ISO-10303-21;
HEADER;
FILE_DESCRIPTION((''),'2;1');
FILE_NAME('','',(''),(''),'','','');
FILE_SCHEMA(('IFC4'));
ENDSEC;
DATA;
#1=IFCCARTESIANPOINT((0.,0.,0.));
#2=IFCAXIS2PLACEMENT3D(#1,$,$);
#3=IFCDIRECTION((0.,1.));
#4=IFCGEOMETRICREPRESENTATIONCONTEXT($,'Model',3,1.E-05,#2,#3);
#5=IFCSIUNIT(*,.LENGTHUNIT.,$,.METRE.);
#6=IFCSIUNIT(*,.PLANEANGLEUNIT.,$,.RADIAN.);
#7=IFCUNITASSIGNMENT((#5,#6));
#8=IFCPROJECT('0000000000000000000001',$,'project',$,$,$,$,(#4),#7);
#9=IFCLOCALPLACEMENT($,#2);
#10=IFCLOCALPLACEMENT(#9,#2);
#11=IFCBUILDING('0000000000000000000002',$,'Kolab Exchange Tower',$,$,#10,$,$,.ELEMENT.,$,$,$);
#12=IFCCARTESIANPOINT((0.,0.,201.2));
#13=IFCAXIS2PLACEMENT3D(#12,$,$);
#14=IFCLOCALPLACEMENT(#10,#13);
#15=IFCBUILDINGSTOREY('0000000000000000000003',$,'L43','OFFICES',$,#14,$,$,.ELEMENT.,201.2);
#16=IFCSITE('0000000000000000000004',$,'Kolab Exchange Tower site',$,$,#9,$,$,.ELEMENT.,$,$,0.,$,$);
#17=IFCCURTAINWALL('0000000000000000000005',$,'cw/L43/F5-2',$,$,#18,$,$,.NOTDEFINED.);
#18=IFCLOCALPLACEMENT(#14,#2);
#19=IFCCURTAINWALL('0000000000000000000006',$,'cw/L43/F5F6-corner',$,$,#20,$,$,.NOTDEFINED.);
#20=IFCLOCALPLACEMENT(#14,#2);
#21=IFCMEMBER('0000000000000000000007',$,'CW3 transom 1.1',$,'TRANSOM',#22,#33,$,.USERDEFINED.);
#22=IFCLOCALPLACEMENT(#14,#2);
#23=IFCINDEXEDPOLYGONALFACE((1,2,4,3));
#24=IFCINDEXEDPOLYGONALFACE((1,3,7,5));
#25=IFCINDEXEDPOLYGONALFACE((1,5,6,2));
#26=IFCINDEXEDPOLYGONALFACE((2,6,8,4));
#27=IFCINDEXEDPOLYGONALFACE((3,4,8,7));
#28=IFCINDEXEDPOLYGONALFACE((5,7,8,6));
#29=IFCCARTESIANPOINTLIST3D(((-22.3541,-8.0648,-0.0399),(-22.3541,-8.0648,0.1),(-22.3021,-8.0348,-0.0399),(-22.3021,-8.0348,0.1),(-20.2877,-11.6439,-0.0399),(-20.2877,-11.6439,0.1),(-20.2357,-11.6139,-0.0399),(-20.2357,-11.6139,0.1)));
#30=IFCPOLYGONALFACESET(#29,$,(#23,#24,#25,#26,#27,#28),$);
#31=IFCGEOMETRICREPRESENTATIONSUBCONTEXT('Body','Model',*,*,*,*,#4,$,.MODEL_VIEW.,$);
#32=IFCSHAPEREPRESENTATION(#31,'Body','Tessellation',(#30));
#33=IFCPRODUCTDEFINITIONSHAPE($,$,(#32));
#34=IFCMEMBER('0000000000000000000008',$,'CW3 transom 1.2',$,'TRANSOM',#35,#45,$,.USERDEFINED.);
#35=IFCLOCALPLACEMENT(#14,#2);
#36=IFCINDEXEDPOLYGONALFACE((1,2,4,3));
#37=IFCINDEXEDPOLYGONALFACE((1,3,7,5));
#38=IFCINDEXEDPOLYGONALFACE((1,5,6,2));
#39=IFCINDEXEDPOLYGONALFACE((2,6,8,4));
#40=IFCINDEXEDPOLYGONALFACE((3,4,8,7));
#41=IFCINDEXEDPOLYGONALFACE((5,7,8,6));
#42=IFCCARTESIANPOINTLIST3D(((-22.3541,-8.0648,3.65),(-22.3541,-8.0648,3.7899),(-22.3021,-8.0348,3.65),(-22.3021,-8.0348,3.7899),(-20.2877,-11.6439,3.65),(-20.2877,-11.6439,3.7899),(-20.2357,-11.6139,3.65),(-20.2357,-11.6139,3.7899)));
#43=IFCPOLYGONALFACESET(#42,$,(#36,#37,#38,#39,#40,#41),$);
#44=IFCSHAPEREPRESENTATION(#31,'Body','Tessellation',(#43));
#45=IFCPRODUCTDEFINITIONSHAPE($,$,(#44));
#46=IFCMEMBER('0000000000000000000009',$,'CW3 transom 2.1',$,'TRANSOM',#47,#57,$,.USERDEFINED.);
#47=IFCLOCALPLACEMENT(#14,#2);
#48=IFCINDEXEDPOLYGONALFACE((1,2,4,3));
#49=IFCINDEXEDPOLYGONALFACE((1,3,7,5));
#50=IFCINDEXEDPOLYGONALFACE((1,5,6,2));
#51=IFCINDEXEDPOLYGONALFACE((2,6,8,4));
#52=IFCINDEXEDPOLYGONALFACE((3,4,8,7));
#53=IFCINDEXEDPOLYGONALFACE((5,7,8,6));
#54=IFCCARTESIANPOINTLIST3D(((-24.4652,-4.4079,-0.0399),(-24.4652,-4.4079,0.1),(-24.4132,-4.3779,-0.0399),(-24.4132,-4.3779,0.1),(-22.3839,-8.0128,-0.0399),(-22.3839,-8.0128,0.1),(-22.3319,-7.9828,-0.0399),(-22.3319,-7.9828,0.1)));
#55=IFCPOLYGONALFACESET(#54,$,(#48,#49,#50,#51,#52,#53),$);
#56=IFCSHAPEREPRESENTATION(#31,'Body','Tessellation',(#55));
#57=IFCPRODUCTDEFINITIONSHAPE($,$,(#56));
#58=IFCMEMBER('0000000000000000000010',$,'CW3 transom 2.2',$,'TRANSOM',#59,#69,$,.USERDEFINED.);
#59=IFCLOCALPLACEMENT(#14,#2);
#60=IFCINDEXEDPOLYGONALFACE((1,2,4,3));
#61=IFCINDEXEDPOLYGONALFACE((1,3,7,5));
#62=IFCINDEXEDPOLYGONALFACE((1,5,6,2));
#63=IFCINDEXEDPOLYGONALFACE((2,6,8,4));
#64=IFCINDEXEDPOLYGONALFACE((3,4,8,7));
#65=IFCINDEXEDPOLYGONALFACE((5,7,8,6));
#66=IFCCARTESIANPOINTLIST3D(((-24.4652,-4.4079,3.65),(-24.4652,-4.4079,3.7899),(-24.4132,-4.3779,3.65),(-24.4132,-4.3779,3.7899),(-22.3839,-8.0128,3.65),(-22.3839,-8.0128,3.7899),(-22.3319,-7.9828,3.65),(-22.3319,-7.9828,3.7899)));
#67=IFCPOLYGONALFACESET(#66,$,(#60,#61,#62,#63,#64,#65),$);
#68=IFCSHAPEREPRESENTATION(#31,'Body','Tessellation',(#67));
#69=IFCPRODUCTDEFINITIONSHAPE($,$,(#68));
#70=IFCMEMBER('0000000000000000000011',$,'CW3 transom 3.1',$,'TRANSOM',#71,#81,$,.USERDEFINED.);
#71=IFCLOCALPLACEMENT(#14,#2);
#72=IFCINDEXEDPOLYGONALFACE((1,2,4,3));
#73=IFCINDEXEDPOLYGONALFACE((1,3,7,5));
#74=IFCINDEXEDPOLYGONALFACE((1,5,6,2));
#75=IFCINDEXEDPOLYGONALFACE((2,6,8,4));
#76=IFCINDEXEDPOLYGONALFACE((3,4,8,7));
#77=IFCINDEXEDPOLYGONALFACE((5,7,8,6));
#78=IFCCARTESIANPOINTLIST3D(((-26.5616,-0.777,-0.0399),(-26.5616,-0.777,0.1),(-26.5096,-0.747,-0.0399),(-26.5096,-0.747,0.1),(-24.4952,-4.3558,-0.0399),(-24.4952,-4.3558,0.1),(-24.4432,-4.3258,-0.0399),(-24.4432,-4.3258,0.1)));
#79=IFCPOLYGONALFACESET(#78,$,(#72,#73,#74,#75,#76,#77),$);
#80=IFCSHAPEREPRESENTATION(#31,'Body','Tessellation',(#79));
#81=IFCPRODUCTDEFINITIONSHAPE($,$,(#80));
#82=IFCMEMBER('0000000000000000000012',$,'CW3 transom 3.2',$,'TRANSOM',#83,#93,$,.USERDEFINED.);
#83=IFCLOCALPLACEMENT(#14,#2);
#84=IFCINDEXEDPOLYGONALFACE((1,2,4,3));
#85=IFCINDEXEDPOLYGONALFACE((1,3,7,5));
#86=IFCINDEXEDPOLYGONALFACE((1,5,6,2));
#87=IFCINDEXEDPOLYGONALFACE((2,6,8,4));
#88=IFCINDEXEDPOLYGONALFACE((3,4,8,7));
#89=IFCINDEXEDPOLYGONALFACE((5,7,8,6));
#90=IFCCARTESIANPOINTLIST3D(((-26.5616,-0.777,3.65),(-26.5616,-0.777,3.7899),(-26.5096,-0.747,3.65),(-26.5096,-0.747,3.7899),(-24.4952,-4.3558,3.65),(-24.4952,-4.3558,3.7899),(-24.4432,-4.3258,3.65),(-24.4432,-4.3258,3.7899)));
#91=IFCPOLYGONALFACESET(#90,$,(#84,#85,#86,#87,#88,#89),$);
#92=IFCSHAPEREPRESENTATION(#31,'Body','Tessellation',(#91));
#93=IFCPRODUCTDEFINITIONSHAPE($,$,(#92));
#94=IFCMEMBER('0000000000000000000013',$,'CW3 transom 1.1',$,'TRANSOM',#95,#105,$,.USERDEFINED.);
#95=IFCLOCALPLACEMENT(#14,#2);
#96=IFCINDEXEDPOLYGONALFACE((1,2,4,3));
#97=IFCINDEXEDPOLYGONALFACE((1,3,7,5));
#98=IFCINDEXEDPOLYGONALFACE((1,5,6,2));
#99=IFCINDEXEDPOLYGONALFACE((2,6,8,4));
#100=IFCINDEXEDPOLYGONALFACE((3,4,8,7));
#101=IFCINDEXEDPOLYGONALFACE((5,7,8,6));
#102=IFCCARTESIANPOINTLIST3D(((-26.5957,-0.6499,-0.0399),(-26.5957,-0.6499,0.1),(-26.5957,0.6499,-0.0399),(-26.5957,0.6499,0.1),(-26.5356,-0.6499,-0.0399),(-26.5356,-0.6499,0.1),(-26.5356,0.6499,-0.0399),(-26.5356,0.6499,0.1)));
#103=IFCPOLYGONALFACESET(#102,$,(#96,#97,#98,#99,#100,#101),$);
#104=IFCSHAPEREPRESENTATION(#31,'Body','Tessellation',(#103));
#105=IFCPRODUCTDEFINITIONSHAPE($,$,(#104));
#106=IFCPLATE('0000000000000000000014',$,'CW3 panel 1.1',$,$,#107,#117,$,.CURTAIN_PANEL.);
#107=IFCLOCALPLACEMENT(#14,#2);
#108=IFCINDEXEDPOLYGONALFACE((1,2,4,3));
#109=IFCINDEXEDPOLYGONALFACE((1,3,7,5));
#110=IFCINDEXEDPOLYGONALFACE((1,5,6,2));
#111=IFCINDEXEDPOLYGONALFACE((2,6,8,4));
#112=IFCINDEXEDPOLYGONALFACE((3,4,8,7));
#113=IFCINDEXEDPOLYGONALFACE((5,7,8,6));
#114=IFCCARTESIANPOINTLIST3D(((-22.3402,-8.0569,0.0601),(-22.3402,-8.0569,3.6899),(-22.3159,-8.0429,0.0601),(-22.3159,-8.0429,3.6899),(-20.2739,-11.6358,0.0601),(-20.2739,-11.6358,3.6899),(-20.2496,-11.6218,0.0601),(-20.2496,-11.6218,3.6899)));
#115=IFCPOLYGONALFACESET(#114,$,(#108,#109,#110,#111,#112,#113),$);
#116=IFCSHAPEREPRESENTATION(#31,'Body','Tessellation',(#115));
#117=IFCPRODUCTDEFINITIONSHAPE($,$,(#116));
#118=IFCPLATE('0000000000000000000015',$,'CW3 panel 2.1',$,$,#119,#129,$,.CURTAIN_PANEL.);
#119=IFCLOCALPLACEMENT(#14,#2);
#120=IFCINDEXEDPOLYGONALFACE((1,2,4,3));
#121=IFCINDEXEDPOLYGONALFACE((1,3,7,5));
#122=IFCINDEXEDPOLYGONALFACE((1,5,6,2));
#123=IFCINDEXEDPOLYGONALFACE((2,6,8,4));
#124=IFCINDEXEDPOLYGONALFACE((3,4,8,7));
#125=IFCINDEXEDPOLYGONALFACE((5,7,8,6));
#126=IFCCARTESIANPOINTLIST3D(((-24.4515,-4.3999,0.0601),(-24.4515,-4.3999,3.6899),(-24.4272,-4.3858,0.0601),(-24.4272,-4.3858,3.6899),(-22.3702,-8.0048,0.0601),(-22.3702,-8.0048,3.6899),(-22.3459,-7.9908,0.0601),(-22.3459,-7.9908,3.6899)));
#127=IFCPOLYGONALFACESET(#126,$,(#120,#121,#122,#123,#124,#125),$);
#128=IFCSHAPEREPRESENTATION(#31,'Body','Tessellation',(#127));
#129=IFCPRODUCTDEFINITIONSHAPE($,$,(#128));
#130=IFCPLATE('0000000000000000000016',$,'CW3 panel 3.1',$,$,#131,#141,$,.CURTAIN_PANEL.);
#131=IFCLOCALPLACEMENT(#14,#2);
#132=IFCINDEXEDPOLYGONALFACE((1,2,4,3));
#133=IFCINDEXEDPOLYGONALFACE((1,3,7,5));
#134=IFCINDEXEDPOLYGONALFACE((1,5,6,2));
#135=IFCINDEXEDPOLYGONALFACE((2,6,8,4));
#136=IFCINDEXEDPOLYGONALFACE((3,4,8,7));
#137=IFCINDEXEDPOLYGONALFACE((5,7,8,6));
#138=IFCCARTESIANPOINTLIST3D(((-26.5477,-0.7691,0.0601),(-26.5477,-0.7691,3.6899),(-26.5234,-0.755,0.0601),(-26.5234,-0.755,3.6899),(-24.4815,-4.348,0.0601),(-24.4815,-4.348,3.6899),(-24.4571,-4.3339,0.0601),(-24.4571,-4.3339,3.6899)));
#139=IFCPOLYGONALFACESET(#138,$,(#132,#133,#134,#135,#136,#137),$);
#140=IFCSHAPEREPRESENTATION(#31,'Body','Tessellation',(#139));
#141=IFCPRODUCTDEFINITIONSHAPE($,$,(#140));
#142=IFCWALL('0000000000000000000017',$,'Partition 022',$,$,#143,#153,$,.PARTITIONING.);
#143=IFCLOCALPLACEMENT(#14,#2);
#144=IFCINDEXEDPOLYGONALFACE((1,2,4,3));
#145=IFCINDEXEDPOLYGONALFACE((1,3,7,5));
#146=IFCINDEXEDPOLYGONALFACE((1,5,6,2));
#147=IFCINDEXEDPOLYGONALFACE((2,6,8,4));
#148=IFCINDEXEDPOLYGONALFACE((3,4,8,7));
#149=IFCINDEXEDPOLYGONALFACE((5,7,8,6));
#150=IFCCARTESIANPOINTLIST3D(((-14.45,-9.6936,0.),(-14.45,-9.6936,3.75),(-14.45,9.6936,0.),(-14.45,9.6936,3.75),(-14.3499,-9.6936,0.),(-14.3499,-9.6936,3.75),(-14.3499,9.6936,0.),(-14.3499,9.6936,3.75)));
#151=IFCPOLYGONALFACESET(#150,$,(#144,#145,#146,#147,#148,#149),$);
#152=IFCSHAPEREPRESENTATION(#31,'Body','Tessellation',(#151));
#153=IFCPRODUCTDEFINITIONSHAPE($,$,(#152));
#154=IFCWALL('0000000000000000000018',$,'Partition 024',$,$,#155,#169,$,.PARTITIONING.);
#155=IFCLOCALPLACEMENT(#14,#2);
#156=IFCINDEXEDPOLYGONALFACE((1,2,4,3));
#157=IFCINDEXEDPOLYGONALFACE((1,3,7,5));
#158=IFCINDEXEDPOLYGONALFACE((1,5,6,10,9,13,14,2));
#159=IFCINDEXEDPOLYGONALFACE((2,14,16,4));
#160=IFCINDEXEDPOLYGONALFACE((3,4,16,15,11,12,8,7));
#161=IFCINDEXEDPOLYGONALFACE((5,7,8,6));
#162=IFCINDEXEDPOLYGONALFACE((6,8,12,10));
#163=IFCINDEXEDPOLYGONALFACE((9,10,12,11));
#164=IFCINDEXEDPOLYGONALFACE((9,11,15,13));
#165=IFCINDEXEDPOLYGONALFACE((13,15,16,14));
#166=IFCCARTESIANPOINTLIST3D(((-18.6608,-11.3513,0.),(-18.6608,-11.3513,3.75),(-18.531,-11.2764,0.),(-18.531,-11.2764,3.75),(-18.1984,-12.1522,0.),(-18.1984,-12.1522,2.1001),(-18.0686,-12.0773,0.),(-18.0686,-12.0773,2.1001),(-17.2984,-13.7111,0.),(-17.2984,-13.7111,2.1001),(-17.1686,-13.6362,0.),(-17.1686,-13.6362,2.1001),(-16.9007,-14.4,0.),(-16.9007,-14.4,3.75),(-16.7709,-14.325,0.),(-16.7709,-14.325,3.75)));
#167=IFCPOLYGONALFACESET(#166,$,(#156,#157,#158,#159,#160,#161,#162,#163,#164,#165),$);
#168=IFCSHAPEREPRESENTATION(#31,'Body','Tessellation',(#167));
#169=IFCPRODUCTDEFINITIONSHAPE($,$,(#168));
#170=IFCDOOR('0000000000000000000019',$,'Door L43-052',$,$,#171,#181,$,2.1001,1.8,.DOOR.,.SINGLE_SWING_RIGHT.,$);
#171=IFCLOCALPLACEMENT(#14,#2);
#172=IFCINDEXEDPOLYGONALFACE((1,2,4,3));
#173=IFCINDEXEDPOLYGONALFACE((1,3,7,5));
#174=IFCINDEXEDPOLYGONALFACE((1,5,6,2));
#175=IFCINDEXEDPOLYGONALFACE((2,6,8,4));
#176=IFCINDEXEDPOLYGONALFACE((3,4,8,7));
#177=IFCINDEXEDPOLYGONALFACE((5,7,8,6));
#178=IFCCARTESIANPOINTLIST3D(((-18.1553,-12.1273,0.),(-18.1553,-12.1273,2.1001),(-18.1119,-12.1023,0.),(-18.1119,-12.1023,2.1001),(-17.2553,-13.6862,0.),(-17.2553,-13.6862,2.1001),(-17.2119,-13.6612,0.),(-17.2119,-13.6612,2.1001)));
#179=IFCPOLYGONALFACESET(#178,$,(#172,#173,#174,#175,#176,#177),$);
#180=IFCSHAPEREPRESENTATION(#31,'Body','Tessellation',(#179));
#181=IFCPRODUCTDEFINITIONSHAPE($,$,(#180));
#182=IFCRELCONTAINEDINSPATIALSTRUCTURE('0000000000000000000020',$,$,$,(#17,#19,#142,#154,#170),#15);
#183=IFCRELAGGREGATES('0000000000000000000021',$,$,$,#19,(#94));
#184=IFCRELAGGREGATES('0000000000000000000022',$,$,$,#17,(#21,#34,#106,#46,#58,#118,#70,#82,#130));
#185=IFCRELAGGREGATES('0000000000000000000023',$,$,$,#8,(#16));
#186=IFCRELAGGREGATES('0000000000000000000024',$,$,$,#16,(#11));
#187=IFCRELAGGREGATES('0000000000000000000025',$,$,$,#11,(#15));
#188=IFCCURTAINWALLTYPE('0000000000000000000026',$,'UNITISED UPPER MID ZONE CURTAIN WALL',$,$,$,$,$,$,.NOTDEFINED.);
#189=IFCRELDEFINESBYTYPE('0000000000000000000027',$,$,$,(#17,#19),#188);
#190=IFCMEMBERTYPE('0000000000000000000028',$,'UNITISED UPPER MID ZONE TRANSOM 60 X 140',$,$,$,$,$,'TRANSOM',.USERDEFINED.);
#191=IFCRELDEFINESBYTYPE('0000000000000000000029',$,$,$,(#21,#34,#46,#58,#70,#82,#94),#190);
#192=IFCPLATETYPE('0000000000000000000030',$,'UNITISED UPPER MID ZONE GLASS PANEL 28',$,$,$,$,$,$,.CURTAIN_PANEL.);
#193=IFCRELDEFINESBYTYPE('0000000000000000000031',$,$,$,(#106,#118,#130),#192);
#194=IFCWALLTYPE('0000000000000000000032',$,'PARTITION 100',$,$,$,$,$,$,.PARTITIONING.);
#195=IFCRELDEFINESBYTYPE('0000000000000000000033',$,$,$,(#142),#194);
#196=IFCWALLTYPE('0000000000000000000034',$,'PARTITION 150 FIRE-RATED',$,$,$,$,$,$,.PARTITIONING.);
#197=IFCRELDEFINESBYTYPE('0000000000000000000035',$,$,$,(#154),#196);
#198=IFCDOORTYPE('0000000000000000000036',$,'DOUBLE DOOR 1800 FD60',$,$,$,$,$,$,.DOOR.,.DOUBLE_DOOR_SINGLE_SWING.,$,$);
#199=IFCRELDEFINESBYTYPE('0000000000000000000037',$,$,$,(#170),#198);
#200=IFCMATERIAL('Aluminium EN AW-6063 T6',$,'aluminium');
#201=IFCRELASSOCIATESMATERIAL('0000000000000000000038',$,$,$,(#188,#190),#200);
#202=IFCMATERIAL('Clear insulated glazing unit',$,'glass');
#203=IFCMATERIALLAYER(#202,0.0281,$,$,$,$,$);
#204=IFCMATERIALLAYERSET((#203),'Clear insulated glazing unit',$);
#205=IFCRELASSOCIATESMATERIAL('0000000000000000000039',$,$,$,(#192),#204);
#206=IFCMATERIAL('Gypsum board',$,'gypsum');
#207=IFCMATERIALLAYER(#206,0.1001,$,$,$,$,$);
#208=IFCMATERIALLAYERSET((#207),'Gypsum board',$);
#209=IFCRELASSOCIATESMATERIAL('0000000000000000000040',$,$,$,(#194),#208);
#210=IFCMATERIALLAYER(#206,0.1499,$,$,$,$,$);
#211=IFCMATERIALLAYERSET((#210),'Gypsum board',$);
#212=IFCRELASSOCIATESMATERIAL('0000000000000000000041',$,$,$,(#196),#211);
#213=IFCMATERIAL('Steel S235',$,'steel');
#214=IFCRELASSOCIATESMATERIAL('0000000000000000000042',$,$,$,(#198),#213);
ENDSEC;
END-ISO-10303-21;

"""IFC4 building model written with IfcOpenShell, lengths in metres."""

from ifc_helpers import new_model, si_unit, direction, frame, frame_2d, origin, origin_2d, place, context, subcontext, project, spatial, rectangle, extrude, material, layer, layer_set, material_profile, profile_set, type_object, element, fill, aggregate, save


model = new_model("IFC4")

# Units and contexts
model_context = context("Model", 3, precision=1e-05, world=origin(), true_north=direction((0.0, 1.0)))
body_context = subcontext(model_context, "Body", "Model", "MODEL_VIEW")
ifc_project = project(units=[si_unit("LENGTHUNIT", "METRE"), si_unit("PLANEANGLEUNIT", "RADIAN")], contexts=[model_context])

# Site, building, storey
site_placement = place(None, origin())
site = spatial("IfcSite", under=ifc_project, at=site_placement, Name="Kolab Exchange Tower site", CompositionType="ELEMENT", RefElevation=0.0)
building_placement = place(site_placement, origin())
building = spatial("IfcBuilding", under=site, at=building_placement, Name="Kolab Exchange Tower", CompositionType="ELEMENT")
storey_placement = place(building_placement, frame((0.0, 0.0, 201.2)))
storey = spatial("IfcBuildingStorey", under=building, at=storey_placement, Name="L43", Description="OFFICES", CompositionType="ELEMENT", Elevation=201.2)

# Curtain wall
ifc_material_1 = material(Name="Aluminium EN AW-6063 T6", Category="aluminium")
curtain_wall_type = type_object("IfcCurtainWallType", Name="UNITISED UPPER MID ZONE CURTAIN WALL", PredefinedType="NOTDEFINED", material=ifc_material_1)
curtain_wall_1_placement = place(storey_placement, origin())
curtain_wall_1 = element("IfcCurtainWall", 1, at=curtain_wall_1_placement, inside=storey, type_object=curtain_wall_type, Name="cw/L43/F5-2", PredefinedType="NOTDEFINED")

# Curtain wall
curtain_wall_2_placement = place(storey_placement, origin())
curtain_wall_2 = element("IfcCurtainWall", 2, at=curtain_wall_2_placement, inside=storey, type_object=curtain_wall_type, Name="cw/L43/F5F6-corner", PredefinedType="NOTDEFINED")

# Members
ifc_material_profile_1 = material_profile(ifc_material_1, rectangle(XDim=0.0601, YDim=0.1399, at=origin_2d()), Name="RECT 60X140")
ifc_profile_set_1 = profile_set([ifc_material_profile_1], Name="Aluminium EN AW-6063 T6")
member_type_1 = type_object("IfcMemberType", Name="UNITISED UPPER MID ZONE TRANSOM 60 X 140", ElementType="TRANSOM", PredefinedType="USERDEFINED", material=ifc_profile_set_1)
member_1_placement = place(storey_placement, frame((-20.2617, -11.6289, 0.03), z_axis=(-0.500002, 0.866024, 0.0), x_axis=(-0.866024, -0.500002, 0.0)))
member_1 = element("IfcMember", 3, at=member_1_placement, type_object=member_type_1, Name="CW3 transom 1.1", ObjectType="TRANSOM", PredefinedType="USERDEFINED", context=body_context, shape_type="SweptSolid", body=[
    extrude(rectangle(XDim=0.0601, YDim=0.1399, at=origin_2d()), origin(), (0.0, 0.0, 1.0), 4.1328),
])
member_2_placement = place(storey_placement, frame((-20.2617, -11.6289, 3.72), z_axis=(-0.500002, 0.866024, 0.0), x_axis=(-0.866024, -0.500002, 0.0)))
member_2 = element("IfcMember", 4, at=member_2_placement, type_object=member_type_1, Name="CW3 transom 1.2", ObjectType="TRANSOM", PredefinedType="USERDEFINED", context=body_context, shape_type="SweptSolid", body=[
    extrude(rectangle(XDim=0.0601, YDim=0.1399, at=origin_2d()), origin(), (0.0, 0.0, 1.0), 4.1328),
])
member_3_placement = place(storey_placement, frame((-22.3579, -7.9978, 0.03), z_axis=(-0.499993, 0.866029, 0.0), x_axis=(-0.866029, -0.499993, 0.0)))
member_3 = element("IfcMember", 5, at=member_3_placement, type_object=member_type_1, Name="CW3 transom 2.1", ObjectType="TRANSOM", PredefinedType="USERDEFINED", context=body_context, shape_type="SweptSolid", body=[
    extrude(rectangle(XDim=0.0601, YDim=0.1399, at=origin_2d()), origin(), (0.0, 0.0, 1.0), 4.1626),
])
member_4_placement = place(storey_placement, frame((-22.3579, -7.9978, 3.72), z_axis=(-0.499993, 0.866029, 0.0), x_axis=(-0.866029, -0.499993, 0.0)))
member_4 = element("IfcMember", 6, at=member_4_placement, type_object=member_type_1, Name="CW3 transom 2.2", ObjectType="TRANSOM", PredefinedType="USERDEFINED", context=body_context, shape_type="SweptSolid", body=[
    extrude(rectangle(XDim=0.0601, YDim=0.1399, at=origin_2d()), origin(), (0.0, 0.0, 1.0), 4.1626),
])
member_5_placement = place(storey_placement, frame((-24.4692, -4.3408, 0.03), z_axis=(-0.500028, 0.866009, 0.0), x_axis=(-0.866009, -0.500028, 0.0)))
member_5 = element("IfcMember", 7, at=member_5_placement, type_object=member_type_1, Name="CW3 transom 3.1", ObjectType="TRANSOM", PredefinedType="USERDEFINED", context=body_context, shape_type="SweptSolid", body=[
    extrude(rectangle(XDim=0.0601, YDim=0.1399, at=origin_2d()), origin(), (0.0, 0.0, 1.0), 4.1326),
])
member_6_placement = place(storey_placement, frame((-24.4692, -4.3408, 3.72), z_axis=(-0.500028, 0.866009, 0.0), x_axis=(-0.866009, -0.500028, 0.0)))
member_6 = element("IfcMember", 8, at=member_6_placement, type_object=member_type_1, Name="CW3 transom 3.2", ObjectType="TRANSOM", PredefinedType="USERDEFINED", context=body_context, shape_type="SweptSolid", body=[
    extrude(rectangle(XDim=0.0601, YDim=0.1399, at=origin_2d()), origin(), (0.0, 0.0, 1.0), 4.1326),
])
member_7_placement = place(storey_placement, frame((-26.5657, -0.6499, 0.03), z_axis=(0.0, 1.0, 0.0), x_axis=(-1.0, 0.0, 0.0)))
member_7 = element("IfcMember", 9, at=member_7_placement, type_object=member_type_1, Name="CW3 transom 1.1", ObjectType="TRANSOM", PredefinedType="USERDEFINED", context=body_context, shape_type="SweptSolid", body=[
    extrude(rectangle(XDim=0.0601, YDim=0.1399, at=origin_2d()), origin(), (0.0, 0.0, 1.0), 1.2998),
])
aggregate(curtain_wall_2, [member_7])

# Plates
ifc_material_2 = material(Name="Clear insulated glazing unit", Category="glass")
ifc_layer_1 = layer(ifc_material_2, 0.0281)
ifc_layer_set_1 = layer_set([ifc_layer_1], Name="Clear insulated glazing unit")
plate_type = type_object("IfcPlateType", Name="UNITISED UPPER MID ZONE GLASS PANEL 28", PredefinedType="CURTAIN_PANEL", material=ifc_layer_set_1)
plate_1_placement = place(storey_placement, frame((-21.2949, -9.8394, 0.0601), z_axis=(0.0, 0.0, 1.0), x_axis=(-0.5, 0.866025, 0.0)))
plate_1 = element("IfcPlate", 10, at=plate_1_placement, type_object=plate_type, Name="CW3 panel 1.1", PredefinedType="CURTAIN_PANEL", context=body_context, shape_type="SweptSolid", body=[
    extrude(rectangle(XDim=4.1326, YDim=0.0281, at=origin_2d()), origin(), (0.0, 0.0, 1.0), 3.6299),
])
plate_2_placement = place(storey_placement, frame((-23.3987, -6.1953, 0.0601), z_axis=(0.0, 0.0, 1.0), x_axis=(-0.5, 0.866025, 0.0)))
plate_2 = element("IfcPlate", 11, at=plate_2_placement, type_object=plate_type, Name="CW3 panel 2.1", PredefinedType="CURTAIN_PANEL", context=body_context, shape_type="SweptSolid", body=[
    extrude(rectangle(XDim=4.1626, YDim=0.0281, at=origin_2d()), origin(), (0.0, 0.0, 1.0), 3.6299),
])
plate_3_placement = place(storey_placement, frame((-25.5024, -2.5515, 0.0601), z_axis=(0.0, 0.0, 1.0), x_axis=(-0.5, 0.866025, 0.0)))
plate_3 = element("IfcPlate", 12, at=plate_3_placement, type_object=plate_type, Name="CW3 panel 3.1", PredefinedType="CURTAIN_PANEL", context=body_context, shape_type="SweptSolid", body=[
    extrude(rectangle(XDim=4.1326, YDim=0.0281, at=origin_2d()), origin(), (0.0, 0.0, 1.0), 3.6299),
])
aggregate(curtain_wall_1, [member_1, member_2, plate_1, member_3, member_4, plate_2, member_5, member_6, plate_3])

# Wall
ifc_material_3 = material(Name="Gypsum board", Category="gypsum")
ifc_layer_2 = layer(ifc_material_3, 0.1001)
ifc_layer_set_2 = layer_set([ifc_layer_2], Name="Gypsum board")
wall_type_1 = type_object("IfcWallType", Name="PARTITION 100", PredefinedType="PARTITIONING", material=ifc_layer_set_2)
wall_1_placement = place(storey_placement, frame((-14.3999, -9.6936, 0.0), z_axis=(0.0, 0.0, 1.0), x_axis=(0.0, 1.0, 0.0)))
element("IfcWall", 13, at=wall_1_placement, inside=storey, type_object=wall_type_1, Name="Partition 022", PredefinedType="PARTITIONING", context=body_context, shape_type="SweptSolid", body=[
    extrude(rectangle(XDim=19.3872, YDim=0.1001, at=frame_2d((9.6936, 0.0))), origin(), (0.0, 0.0, 1.0), 3.75),
])

# Wall, opening, door
ifc_layer_3 = layer(ifc_material_3, 0.1499)
ifc_layer_set_3 = layer_set([ifc_layer_3], Name="Gypsum board")
wall_type_2 = type_object("IfcWallType", Name="PARTITION 150 FIRE-RATED", PredefinedType="PARTITIONING", material=ifc_layer_set_3)
wall_2_placement = place(storey_placement, frame((-18.5959, -11.3137, 0.0), z_axis=(0.0, 0.0, 1.0), x_axis=(0.499981, -0.866037, 0.0)))
wall_2 = element("IfcWall", 14, at=wall_2_placement, inside=storey, type_object=wall_type_2, Name="Partition 024", PredefinedType="PARTITIONING", context=body_context, shape_type="SweptSolid", body=[
    extrude(rectangle(XDim=3.5203, YDim=0.1499, at=frame_2d((1.7603, 0.0))), origin(), (0.0, 0.0, 1.0), 3.75),
])
opening_placement = place(wall_2_placement, frame((0.925, 0.0, 0.0)))
opening = element("IfcOpeningElement", 15, at=opening_placement, cuts=wall_2, PredefinedType="OPENING", context=body_context, shape_type="SweptSolid", body=[
    extrude(rectangle(XDim=1.8, YDim=2.1001, at=frame_2d((0.8999, 1.05))), frame((0.0, 0.085, 0.0), z_axis=(0.0, -1.0, 0.0), x_axis=(1.0, 0.0, 0.0)), (0.0, 0.0, 1.0), 0.1699),
])
ifc_material_4 = material(Name="Steel S235", Category="steel")
door_type = type_object("IfcDoorType", Name="DOUBLE DOOR 1800 FD60", OperationType="DOUBLE_DOOR_SINGLE_SWING", PredefinedType="DOOR", material=ifc_material_4)
door_placement = place(opening_placement, origin())
door = element("IfcDoor", 16, at=door_placement, inside=storey, type_object=door_type, Name="Door L43-052", OperationType="SINGLE_SWING_RIGHT", OverallHeight=2.1001, OverallWidth=1.8, PredefinedType="DOOR", context=body_context, shape_type="SweptSolid", body=[
    extrude(rectangle(XDim=1.8, YDim=2.1001, at=frame_2d((0.8999, 1.05))), frame((0.0, 0.0249, 0.0), z_axis=(0.0, -1.0, 0.0), x_axis=(1.0, 0.0, 0.0)), (0.0, 0.0, 1.0), 0.05),
])
fill(opening, door)

save(model, "model.ifc")
